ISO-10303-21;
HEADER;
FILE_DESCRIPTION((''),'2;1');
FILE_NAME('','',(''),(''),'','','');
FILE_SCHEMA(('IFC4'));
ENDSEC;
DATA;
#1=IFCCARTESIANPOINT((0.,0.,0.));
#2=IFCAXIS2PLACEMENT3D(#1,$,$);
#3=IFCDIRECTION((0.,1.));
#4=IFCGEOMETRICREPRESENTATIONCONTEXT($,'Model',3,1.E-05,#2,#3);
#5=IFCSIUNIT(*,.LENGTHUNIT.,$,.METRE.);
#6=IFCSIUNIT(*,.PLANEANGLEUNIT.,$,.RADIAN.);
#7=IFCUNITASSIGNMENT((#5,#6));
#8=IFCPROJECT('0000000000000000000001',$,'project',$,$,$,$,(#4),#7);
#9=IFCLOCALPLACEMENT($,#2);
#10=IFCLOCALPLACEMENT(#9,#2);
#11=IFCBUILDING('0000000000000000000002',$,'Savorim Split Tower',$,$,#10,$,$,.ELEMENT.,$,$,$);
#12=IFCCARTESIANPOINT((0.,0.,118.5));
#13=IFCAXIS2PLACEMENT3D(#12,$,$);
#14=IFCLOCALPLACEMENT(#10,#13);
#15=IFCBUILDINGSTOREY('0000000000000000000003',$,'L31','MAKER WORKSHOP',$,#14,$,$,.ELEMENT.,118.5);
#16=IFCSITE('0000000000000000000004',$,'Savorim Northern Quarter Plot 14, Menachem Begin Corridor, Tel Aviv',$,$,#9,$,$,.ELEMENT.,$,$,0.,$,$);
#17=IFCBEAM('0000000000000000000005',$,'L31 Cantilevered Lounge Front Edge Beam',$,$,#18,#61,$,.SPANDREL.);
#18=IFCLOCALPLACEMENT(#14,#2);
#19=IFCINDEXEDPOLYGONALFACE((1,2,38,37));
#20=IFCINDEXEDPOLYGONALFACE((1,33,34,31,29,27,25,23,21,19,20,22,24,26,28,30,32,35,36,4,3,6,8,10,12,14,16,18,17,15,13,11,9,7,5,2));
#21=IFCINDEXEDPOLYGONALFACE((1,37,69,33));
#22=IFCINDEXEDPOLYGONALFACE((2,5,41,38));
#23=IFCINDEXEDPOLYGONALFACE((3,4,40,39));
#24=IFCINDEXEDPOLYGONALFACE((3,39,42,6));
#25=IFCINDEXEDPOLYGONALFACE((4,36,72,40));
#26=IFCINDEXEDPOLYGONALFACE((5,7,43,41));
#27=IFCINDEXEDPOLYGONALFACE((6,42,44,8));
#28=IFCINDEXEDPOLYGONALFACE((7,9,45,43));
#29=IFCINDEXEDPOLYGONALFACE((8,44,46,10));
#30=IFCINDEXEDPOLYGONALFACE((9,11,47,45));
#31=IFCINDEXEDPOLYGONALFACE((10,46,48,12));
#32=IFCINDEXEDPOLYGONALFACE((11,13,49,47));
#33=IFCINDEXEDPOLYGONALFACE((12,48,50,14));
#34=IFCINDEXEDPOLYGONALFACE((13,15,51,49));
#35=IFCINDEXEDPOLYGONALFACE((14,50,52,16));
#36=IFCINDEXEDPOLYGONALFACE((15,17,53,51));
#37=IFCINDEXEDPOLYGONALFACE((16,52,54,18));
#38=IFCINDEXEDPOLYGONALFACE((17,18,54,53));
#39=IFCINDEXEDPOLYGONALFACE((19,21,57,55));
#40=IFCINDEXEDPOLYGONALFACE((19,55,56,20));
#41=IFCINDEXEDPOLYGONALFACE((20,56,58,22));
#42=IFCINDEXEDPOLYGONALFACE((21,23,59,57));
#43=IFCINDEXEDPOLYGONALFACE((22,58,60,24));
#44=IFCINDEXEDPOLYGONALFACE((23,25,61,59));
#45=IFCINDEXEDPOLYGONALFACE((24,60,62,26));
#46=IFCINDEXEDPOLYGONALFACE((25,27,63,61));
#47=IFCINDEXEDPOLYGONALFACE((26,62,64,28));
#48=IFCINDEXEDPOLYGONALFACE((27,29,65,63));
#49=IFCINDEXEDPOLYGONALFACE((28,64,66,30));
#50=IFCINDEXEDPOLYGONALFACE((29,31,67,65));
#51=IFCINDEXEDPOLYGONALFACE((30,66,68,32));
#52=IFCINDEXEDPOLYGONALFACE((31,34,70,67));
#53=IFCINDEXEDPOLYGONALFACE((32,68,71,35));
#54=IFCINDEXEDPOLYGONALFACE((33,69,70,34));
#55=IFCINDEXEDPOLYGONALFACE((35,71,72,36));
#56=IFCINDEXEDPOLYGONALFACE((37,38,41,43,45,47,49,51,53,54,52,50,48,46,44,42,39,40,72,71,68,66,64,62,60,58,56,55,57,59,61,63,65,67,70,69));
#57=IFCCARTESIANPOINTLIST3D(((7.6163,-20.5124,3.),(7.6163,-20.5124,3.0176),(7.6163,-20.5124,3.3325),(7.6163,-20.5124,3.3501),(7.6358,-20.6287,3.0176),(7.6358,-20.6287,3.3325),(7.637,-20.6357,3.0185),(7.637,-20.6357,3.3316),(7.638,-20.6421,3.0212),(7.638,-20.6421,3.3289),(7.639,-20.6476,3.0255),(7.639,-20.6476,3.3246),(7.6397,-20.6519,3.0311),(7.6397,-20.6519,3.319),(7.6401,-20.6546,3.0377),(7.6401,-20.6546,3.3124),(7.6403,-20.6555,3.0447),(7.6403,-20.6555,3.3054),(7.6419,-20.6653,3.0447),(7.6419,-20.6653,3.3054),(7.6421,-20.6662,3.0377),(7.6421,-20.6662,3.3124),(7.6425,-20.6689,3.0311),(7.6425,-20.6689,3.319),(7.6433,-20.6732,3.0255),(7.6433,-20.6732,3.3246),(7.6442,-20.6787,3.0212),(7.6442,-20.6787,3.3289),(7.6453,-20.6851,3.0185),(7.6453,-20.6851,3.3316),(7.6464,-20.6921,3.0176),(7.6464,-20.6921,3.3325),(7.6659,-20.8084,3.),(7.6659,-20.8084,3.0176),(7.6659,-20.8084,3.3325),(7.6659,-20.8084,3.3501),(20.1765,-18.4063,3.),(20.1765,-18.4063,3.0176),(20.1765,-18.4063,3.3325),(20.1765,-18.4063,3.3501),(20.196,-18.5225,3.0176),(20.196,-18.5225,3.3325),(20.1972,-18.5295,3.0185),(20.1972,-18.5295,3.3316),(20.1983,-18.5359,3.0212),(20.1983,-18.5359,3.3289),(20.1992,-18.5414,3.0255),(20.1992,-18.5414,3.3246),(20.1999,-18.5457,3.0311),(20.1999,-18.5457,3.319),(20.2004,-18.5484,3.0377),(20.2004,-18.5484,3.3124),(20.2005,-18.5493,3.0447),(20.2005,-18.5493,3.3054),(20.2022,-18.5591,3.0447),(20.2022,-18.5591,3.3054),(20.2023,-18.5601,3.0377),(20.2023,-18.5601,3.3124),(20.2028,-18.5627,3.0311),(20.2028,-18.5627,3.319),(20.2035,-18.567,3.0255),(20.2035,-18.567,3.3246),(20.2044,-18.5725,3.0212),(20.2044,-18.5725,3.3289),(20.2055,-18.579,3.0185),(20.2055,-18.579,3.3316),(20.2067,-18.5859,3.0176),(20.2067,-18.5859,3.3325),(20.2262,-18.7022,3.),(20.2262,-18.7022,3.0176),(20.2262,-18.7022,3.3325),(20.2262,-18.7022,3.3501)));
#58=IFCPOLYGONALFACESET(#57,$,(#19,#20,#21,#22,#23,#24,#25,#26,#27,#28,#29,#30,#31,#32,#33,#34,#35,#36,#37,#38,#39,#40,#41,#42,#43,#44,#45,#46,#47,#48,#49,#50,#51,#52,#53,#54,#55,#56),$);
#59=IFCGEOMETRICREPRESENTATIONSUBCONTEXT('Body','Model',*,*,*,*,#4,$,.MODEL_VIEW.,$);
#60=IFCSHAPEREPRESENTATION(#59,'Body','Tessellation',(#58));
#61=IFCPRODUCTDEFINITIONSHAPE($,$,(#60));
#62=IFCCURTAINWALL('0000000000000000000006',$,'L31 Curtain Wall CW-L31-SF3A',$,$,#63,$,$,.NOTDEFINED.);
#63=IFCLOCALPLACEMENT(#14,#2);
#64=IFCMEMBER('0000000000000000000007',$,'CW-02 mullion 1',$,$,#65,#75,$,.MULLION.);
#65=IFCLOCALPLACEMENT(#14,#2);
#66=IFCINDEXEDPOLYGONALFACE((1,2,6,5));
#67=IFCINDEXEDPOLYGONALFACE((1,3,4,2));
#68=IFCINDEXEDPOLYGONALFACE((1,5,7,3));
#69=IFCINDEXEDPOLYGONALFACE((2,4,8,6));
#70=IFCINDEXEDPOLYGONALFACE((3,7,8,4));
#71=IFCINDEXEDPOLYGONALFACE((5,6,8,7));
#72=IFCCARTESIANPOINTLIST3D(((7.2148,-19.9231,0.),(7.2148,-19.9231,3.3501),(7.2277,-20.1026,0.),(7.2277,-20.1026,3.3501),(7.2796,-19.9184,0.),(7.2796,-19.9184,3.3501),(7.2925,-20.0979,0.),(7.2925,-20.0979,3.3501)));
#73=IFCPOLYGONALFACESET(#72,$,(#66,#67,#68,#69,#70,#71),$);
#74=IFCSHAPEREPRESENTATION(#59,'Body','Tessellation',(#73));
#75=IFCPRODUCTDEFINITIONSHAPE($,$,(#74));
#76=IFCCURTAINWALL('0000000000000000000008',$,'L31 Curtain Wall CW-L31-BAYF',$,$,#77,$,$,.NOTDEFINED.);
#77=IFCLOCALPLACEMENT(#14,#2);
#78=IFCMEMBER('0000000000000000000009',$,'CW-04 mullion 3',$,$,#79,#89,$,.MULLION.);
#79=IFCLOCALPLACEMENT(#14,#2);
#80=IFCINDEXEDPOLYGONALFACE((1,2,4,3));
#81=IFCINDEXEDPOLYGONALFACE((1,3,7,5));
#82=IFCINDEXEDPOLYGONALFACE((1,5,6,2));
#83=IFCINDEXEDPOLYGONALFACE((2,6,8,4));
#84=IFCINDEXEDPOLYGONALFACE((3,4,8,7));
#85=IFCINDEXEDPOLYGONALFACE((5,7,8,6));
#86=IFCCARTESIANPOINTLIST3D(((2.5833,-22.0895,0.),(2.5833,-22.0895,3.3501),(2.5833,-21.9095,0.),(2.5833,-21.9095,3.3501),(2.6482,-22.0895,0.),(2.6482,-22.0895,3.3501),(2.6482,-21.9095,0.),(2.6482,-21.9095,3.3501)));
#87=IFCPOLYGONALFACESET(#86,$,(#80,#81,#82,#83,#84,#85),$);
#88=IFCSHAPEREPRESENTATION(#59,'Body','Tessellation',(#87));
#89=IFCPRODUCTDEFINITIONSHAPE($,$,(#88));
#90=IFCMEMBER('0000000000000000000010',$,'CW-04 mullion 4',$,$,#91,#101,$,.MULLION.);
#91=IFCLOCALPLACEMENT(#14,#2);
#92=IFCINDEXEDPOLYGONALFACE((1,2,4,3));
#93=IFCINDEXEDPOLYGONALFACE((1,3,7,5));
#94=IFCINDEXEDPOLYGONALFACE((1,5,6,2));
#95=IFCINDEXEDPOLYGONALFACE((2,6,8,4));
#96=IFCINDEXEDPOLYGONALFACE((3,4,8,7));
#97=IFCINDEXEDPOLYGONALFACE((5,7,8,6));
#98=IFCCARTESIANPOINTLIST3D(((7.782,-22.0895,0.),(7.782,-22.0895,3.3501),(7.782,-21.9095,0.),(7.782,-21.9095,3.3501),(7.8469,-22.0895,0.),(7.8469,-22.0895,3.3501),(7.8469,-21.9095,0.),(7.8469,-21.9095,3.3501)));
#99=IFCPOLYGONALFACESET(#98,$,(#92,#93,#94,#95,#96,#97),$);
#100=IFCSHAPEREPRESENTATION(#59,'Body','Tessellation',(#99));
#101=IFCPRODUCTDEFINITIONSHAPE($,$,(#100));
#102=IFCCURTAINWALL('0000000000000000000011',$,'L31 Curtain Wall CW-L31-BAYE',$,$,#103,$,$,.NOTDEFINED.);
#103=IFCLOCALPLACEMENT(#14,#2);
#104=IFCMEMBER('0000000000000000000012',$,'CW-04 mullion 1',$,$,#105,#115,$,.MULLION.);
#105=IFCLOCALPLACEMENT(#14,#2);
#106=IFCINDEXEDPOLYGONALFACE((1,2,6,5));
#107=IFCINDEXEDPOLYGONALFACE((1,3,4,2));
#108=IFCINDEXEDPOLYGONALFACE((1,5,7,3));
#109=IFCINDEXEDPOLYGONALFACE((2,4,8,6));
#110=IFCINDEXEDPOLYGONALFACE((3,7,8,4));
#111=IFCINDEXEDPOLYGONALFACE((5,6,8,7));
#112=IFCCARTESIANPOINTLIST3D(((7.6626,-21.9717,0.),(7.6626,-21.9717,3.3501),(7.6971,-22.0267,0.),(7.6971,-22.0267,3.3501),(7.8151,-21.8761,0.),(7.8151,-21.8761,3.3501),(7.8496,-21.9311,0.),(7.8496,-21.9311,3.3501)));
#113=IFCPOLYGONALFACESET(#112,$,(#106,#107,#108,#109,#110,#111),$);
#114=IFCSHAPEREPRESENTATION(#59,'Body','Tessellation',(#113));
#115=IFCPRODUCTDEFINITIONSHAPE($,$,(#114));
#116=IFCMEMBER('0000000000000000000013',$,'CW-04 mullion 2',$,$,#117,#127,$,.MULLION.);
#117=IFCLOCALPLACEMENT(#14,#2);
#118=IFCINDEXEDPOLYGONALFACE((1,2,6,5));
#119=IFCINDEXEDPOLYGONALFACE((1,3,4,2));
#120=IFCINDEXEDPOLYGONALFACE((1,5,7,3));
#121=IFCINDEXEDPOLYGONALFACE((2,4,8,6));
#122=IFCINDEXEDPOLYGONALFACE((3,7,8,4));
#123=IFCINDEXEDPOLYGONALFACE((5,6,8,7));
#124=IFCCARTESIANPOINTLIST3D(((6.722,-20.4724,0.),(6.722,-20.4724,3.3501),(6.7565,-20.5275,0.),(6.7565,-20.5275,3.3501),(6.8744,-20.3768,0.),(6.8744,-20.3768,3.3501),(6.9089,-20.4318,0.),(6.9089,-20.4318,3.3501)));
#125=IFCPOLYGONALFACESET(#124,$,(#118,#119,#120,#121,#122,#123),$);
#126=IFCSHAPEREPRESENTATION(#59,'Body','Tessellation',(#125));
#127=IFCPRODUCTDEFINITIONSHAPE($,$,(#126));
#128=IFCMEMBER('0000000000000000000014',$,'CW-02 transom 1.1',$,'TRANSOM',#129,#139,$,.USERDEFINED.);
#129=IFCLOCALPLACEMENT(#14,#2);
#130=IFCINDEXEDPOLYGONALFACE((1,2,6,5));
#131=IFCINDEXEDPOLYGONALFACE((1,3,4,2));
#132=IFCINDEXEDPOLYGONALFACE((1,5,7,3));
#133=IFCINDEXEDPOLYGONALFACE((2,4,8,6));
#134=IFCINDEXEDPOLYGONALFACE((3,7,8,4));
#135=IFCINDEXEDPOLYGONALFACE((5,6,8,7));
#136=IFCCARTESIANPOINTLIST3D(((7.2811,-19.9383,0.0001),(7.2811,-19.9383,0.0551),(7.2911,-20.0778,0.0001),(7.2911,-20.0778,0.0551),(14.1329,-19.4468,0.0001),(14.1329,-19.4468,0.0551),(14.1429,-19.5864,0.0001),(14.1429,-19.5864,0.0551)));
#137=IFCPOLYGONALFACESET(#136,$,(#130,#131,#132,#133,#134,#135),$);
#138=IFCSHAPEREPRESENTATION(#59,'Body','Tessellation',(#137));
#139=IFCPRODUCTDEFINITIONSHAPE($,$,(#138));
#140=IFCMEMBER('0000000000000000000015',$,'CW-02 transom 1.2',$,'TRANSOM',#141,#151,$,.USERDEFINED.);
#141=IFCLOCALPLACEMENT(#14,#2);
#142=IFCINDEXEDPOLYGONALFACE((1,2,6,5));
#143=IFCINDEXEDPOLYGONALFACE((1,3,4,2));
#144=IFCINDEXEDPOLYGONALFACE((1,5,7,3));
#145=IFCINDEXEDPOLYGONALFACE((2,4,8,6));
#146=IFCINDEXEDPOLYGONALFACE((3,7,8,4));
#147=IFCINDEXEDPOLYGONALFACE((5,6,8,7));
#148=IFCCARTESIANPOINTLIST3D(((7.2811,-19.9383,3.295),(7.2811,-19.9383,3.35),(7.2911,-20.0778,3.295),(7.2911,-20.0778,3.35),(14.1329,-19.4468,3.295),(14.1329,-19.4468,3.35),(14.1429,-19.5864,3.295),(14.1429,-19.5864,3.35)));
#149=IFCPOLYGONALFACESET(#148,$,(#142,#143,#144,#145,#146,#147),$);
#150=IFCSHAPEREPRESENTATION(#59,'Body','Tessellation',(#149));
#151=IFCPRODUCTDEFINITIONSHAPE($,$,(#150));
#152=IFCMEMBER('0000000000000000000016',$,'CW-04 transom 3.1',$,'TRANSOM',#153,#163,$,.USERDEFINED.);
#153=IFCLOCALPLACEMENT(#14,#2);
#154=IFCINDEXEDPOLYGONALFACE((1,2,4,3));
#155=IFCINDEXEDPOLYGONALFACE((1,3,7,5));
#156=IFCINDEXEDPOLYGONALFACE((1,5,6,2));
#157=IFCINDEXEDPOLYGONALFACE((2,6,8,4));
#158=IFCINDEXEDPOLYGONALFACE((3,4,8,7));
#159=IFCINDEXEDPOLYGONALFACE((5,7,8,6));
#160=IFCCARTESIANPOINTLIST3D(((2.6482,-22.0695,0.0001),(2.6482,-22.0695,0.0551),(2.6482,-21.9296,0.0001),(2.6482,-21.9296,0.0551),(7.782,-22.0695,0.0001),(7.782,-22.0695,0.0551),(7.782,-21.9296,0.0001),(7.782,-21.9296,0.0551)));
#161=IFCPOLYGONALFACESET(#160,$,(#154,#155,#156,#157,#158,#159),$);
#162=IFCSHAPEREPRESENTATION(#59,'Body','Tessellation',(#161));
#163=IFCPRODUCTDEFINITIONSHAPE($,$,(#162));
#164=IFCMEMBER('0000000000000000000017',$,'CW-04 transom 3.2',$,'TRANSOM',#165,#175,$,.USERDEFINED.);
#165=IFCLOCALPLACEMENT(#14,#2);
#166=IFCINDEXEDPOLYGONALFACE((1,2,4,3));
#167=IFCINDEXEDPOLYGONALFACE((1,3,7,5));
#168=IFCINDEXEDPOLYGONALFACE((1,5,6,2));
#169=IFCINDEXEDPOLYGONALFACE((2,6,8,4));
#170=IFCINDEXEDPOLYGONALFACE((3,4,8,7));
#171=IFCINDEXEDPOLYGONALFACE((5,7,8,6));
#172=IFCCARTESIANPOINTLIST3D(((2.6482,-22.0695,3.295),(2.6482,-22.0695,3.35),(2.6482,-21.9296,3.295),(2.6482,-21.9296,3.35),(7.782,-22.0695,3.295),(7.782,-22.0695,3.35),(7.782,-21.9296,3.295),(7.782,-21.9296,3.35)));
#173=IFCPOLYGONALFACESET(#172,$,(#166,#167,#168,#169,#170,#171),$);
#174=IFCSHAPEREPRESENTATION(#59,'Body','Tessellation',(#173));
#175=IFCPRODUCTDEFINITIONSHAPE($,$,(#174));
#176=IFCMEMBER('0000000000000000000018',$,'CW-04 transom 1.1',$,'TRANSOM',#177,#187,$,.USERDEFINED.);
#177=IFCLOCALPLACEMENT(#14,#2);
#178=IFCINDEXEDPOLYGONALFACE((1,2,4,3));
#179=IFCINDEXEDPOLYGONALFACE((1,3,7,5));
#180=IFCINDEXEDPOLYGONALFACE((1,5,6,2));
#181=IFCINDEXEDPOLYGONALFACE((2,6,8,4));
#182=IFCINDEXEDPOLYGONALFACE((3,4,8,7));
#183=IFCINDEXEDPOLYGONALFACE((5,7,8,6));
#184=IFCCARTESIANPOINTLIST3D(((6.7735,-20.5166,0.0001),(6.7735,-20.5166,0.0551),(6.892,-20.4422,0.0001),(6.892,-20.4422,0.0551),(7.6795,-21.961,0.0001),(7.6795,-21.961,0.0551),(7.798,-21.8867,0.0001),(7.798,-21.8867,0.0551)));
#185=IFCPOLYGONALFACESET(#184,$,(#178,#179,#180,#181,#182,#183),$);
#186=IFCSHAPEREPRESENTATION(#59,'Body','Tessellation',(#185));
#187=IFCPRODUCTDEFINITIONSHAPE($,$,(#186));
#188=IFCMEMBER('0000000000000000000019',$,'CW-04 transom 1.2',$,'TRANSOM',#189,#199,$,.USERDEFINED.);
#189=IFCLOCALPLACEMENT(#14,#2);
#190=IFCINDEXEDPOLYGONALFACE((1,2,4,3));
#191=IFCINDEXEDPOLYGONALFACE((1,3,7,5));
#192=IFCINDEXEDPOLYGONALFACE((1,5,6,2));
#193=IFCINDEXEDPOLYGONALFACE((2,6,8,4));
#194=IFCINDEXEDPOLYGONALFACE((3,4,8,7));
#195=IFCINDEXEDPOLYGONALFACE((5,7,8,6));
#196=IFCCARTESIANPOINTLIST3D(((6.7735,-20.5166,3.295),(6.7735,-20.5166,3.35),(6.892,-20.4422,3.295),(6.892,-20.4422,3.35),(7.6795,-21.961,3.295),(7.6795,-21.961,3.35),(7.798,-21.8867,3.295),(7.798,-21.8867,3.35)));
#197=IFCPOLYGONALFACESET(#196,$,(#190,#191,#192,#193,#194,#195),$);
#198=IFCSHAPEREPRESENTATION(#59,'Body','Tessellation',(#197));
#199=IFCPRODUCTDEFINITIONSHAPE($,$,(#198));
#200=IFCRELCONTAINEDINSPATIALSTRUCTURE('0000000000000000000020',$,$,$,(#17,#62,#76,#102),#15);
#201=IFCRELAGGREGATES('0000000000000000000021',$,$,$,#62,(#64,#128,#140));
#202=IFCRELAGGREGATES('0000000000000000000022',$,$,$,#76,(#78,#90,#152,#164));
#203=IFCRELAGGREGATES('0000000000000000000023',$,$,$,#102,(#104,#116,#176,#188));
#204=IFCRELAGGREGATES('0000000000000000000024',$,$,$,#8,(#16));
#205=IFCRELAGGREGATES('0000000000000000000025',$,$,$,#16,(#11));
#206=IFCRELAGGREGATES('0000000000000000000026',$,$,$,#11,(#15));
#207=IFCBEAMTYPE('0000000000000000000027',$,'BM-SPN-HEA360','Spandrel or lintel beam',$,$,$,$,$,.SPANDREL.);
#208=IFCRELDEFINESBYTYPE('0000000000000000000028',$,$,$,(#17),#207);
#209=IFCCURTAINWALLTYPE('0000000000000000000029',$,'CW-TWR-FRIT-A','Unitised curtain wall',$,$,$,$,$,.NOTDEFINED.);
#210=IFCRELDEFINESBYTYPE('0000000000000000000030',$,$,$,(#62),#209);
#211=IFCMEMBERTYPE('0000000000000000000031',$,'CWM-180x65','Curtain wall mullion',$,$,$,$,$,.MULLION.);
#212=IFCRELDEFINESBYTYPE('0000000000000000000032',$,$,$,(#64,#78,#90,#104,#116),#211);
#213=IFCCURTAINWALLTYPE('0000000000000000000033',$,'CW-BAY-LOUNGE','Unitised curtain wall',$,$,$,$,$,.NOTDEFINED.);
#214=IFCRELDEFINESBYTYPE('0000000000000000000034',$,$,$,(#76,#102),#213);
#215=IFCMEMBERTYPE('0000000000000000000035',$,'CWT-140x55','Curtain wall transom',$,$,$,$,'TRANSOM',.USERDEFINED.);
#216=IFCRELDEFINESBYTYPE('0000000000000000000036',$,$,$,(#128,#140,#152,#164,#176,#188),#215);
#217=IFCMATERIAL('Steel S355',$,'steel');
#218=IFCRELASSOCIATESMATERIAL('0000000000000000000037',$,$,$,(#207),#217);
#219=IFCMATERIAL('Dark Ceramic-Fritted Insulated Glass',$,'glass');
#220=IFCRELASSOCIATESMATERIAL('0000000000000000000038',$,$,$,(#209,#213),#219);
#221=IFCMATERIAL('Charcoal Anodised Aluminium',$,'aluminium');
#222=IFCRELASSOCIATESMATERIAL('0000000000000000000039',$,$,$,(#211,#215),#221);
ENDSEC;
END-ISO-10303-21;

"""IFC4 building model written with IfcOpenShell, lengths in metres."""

from ifc_helpers import new_model, si_unit, direction, frame, origin, origin_2d, place, context, subcontext, project, spatial, rectangle, i_section, extrude, material, material_profile, profile_set, type_object, element, aggregate, save


model = new_model("IFC4")

# Units and contexts
model_context = context("Model", 3, precision=1e-05, world=origin(), true_north=direction((0.0, 1.0)))
body_context = subcontext(model_context, "Body", "Model", "MODEL_VIEW")
ifc_project = project(units=[si_unit("LENGTHUNIT", "METRE"), si_unit("PLANEANGLEUNIT", "RADIAN")], contexts=[model_context])

# Site, building, storey
site_placement = place(None, origin())
site = spatial("IfcSite", under=ifc_project, at=site_placement, Name="Savorim Northern Quarter Plot 14, Menachem Begin Corridor, Tel Aviv", CompositionType="ELEMENT", RefElevation=0.0)
building_placement = place(site_placement, origin())
building = spatial("IfcBuilding", under=site, at=building_placement, Name="Savorim Split Tower", CompositionType="ELEMENT")
storey_placement = place(building_placement, frame((0.0, 0.0, 118.5)))
storey = spatial("IfcBuildingStorey", under=building, at=storey_placement, Name="L31", Description="MAKER WORKSHOP", CompositionType="ELEMENT", Elevation=118.5)

# Beam
ifc_material_1 = material(Name="Steel S355", Category="steel")
ifc_material_profile_1 = material_profile(ifc_material_1, i_section(OverallWidth=0.3, OverallDepth=0.3501, WebThickness=0.01, FlangeThickness=0.0176, FilletRadius=0.0271, at=origin_2d()), Name="HEA 360")
ifc_profile_set_1 = profile_set([ifc_material_profile_1], Name="Steel S355")
beam_type = type_object("IfcBeamType", Name="BM-SPN-HEA360", Description="Spandrel or lintel beam", PredefinedType="SPANDREL", material=ifc_profile_set_1)
beam_placement = place(storey_placement, frame((7.6411, -20.6604, 3.175), z_axis=(0.98623, 0.165378, 0.0), x_axis=(-0.165378, 0.98623, 0.0)))
element("IfcBeam", 1, at=beam_placement, inside=storey, type_object=beam_type, Name="L31 Cantilevered Lounge Front Edge Beam", PredefinedType="SPANDREL", context=body_context, shape_type="SweptSolid", body=[
    extrude(i_section(OverallWidth=0.3, OverallDepth=0.3501, WebThickness=0.01, FlangeThickness=0.0176, FilletRadius=0.0271, at=origin_2d()), origin(), (0.0, 0.0, 1.0), 12.7356),
])

# Curtain wall, member
ifc_material_2 = material(Name="Dark Ceramic-Fritted Insulated Glass", Category="glass")
curtain_wall_type_1 = type_object("IfcCurtainWallType", Name="CW-TWR-FRIT-A", Description="Unitised curtain wall", PredefinedType="NOTDEFINED", material=ifc_material_2)
curtain_wall_1_placement = place(storey_placement, origin())
curtain_wall_1 = element("IfcCurtainWall", 2, at=curtain_wall_1_placement, inside=storey, type_object=curtain_wall_type_1, Name="L31 Curtain Wall CW-L31-SF3A", PredefinedType="NOTDEFINED")
ifc_material_3 = material(Name="Charcoal Anodised Aluminium", Category="aluminium")
ifc_material_profile_2 = material_profile(ifc_material_3, rectangle(XDim=0.1799, YDim=0.0649, at=origin_2d()), Name="ALU-M 180x65")
ifc_profile_set_2 = profile_set([ifc_material_profile_2], Name="Charcoal Anodised Aluminium")
member_type_1 = type_object("IfcMemberType", Name="CWM-180x65", Description="Curtain wall mullion", PredefinedType="MULLION", material=ifc_profile_set_2)
member_1_placement = place(storey_placement, frame((7.2537, -20.0105, 0.0), z_axis=(0.0, 0.0, 1.0), x_axis=(-0.071549, 0.997437, 0.0)))
member_1 = element("IfcMember", 3, at=member_1_placement, type_object=member_type_1, Name="CW-02 mullion 1", PredefinedType="MULLION", context=body_context, shape_type="SweptSolid", body=[
    extrude(rectangle(XDim=0.1799, YDim=0.0649, at=origin_2d()), origin(), (0.0, 0.0, 1.0), 3.3501),
])

# Curtain walls, members
curtain_wall_type_2 = type_object("IfcCurtainWallType", Name="CW-BAY-LOUNGE", Description="Unitised curtain wall", PredefinedType="NOTDEFINED", material=ifc_material_2)
curtain_wall_2_placement = place(storey_placement, origin())
curtain_wall_2 = element("IfcCurtainWall", 4, at=curtain_wall_2_placement, inside=storey, type_object=curtain_wall_type_2, Name="L31 Curtain Wall CW-L31-BAYF", PredefinedType="NOTDEFINED")
member_2_placement = place(storey_placement, frame((2.6157, -21.9995, 0.0), z_axis=(0.0, 0.0, 1.0), x_axis=(0.0, 1.0, 0.0)))
member_2 = element("IfcMember", 5, at=member_2_placement, type_object=member_type_1, Name="CW-04 mullion 3", PredefinedType="MULLION", context=body_context, shape_type="SweptSolid", body=[
    extrude(rectangle(XDim=0.1799, YDim=0.0649, at=origin_2d()), origin(), (0.0, 0.0, 1.0), 3.3501),
])
member_3_placement = place(storey_placement, frame((7.8145, -21.9995, 0.0), z_axis=(0.0, 0.0, 1.0), x_axis=(0.0, 1.0, 0.0)))
member_3 = element("IfcMember", 6, at=member_3_placement, type_object=member_type_1, Name="CW-04 mullion 4", PredefinedType="MULLION", context=body_context, shape_type="SweptSolid", body=[
    extrude(rectangle(XDim=0.1799, YDim=0.0649, at=origin_2d()), origin(), (0.0, 0.0, 1.0), 3.3501),
])
curtain_wall_3_placement = place(storey_placement, origin())
curtain_wall_3 = element("IfcCurtainWall", 7, at=curtain_wall_3_placement, inside=storey, type_object=curtain_wall_type_2, Name="L31 Curtain Wall CW-L31-BAYE", PredefinedType="NOTDEFINED")
member_4_placement = place(storey_placement, frame((7.7561, -21.9514, 0.0), z_axis=(0.0, 0.0, 1.0), x_axis=(-0.847131, -0.531384, 0.0)))
member_4 = element("IfcMember", 8, at=member_4_placement, type_object=member_type_1, Name="CW-04 mullion 1", PredefinedType="MULLION", context=body_context, shape_type="SweptSolid", body=[
    extrude(rectangle(XDim=0.1799, YDim=0.0649, at=origin_2d()), origin(), (0.0, 0.0, 1.0), 3.3501),
])
member_5_placement = place(storey_placement, frame((6.8154, -20.4521, 0.0), z_axis=(0.0, 0.0, 1.0), x_axis=(-0.847131, -0.531384, 0.0)))
member_5 = element("IfcMember", 9, at=member_5_placement, type_object=member_type_1, Name="CW-04 mullion 2", PredefinedType="MULLION", context=body_context, shape_type="SweptSolid", body=[
    extrude(rectangle(XDim=0.1799, YDim=0.0649, at=origin_2d()), origin(), (0.0, 0.0, 1.0), 3.3501),
])

# Members
ifc_material_profile_3 = material_profile(ifc_material_3, rectangle(XDim=0.1399, YDim=0.0549, at=origin_2d()), Name="ALU-T 140x55")
ifc_profile_set_3 = profile_set([ifc_material_profile_3], Name="Charcoal Anodised Aluminium")
member_type_2 = type_object("IfcMemberType", Name="CWT-140x55", Description="Curtain wall transom", ElementType="TRANSOM", PredefinedType="USERDEFINED", material=ifc_profile_set_3)
member_6_placement = place(storey_placement, frame((7.2861, -20.0081, 0.0276), z_axis=(0.997438, 0.071543, 0.0), x_axis=(-0.071543, 0.997438, 0.0)))
member_6 = element("IfcMember", 10, at=member_6_placement, type_object=member_type_2, Name="CW-02 transom 1.1", ObjectType="TRANSOM", PredefinedType="USERDEFINED", context=body_context, shape_type="SweptSolid", body=[
    extrude(rectangle(XDim=0.1399, YDim=0.0549, at=origin_2d()), origin(), (0.0, 0.0, 1.0), 6.8694),
])
member_7_placement = place(storey_placement, frame((7.2861, -20.0081, 3.3225), z_axis=(0.997438, 0.071543, 0.0), x_axis=(-0.071543, 0.997438, 0.0)))
member_7 = element("IfcMember", 11, at=member_7_placement, type_object=member_type_2, Name="CW-02 transom 1.2", ObjectType="TRANSOM", PredefinedType="USERDEFINED", context=body_context, shape_type="SweptSolid", body=[
    extrude(rectangle(XDim=0.1399, YDim=0.0549, at=origin_2d()), origin(), (0.0, 0.0, 1.0), 6.8694),
])
aggregate(curtain_wall_1, [member_1, member_6, member_7])
member_8_placement = place(storey_placement, frame((2.6482, -21.9995, 0.0276), z_axis=(1.0, 0.0, 0.0), x_axis=(0.0, 1.0, 0.0)))
member_8 = element("IfcMember", 12, at=member_8_placement, type_object=member_type_2, Name="CW-04 transom 3.1", ObjectType="TRANSOM", PredefinedType="USERDEFINED", context=body_context, shape_type="SweptSolid", body=[
    extrude(rectangle(XDim=0.1399, YDim=0.0549, at=origin_2d()), origin(), (0.0, 0.0, 1.0), 5.1338),
])
member_9_placement = place(storey_placement, frame((2.6482, -21.9995, 3.3225), z_axis=(1.0, 0.0, 0.0), x_axis=(0.0, 1.0, 0.0)))
member_9 = element("IfcMember", 13, at=member_9_placement, type_object=member_type_2, Name="CW-04 transom 3.2", ObjectType="TRANSOM", PredefinedType="USERDEFINED", context=body_context, shape_type="SweptSolid", body=[
    extrude(rectangle(XDim=0.1399, YDim=0.0549, at=origin_2d()), origin(), (0.0, 0.0, 1.0), 5.1338),
])
member_10_placement = place(storey_placement, frame((7.7388, -21.9238, 0.0276), z_axis=(-0.531388, 0.847128, 0.0), x_axis=(-0.847128, -0.531388, 0.0)))
member_10 = element("IfcMember", 14, at=member_10_placement, type_object=member_type_2, Name="CW-04 transom 1.1", ObjectType="TRANSOM", PredefinedType="USERDEFINED", context=body_context, shape_type="SweptSolid", body=[
    extrude(rectangle(XDim=0.1399, YDim=0.0549, at=origin_2d()), origin(), (0.0, 0.0, 1.0), 1.7051),
])
member_11_placement = place(storey_placement, frame((7.7388, -21.9238, 3.3225), z_axis=(-0.531388, 0.847128, 0.0), x_axis=(-0.847128, -0.531388, 0.0)))
member_11 = element("IfcMember", 15, at=member_11_placement, type_object=member_type_2, Name="CW-04 transom 1.2", ObjectType="TRANSOM", PredefinedType="USERDEFINED", context=body_context, shape_type="SweptSolid", body=[
    extrude(rectangle(XDim=0.1399, YDim=0.0549, at=origin_2d()), origin(), (0.0, 0.0, 1.0), 1.7051),
])

aggregate(curtain_wall_2, [member_2, member_3, member_8, member_9])
aggregate(curtain_wall_3, [member_4, member_5, member_10, member_11])

save(model, "model.ifc")
